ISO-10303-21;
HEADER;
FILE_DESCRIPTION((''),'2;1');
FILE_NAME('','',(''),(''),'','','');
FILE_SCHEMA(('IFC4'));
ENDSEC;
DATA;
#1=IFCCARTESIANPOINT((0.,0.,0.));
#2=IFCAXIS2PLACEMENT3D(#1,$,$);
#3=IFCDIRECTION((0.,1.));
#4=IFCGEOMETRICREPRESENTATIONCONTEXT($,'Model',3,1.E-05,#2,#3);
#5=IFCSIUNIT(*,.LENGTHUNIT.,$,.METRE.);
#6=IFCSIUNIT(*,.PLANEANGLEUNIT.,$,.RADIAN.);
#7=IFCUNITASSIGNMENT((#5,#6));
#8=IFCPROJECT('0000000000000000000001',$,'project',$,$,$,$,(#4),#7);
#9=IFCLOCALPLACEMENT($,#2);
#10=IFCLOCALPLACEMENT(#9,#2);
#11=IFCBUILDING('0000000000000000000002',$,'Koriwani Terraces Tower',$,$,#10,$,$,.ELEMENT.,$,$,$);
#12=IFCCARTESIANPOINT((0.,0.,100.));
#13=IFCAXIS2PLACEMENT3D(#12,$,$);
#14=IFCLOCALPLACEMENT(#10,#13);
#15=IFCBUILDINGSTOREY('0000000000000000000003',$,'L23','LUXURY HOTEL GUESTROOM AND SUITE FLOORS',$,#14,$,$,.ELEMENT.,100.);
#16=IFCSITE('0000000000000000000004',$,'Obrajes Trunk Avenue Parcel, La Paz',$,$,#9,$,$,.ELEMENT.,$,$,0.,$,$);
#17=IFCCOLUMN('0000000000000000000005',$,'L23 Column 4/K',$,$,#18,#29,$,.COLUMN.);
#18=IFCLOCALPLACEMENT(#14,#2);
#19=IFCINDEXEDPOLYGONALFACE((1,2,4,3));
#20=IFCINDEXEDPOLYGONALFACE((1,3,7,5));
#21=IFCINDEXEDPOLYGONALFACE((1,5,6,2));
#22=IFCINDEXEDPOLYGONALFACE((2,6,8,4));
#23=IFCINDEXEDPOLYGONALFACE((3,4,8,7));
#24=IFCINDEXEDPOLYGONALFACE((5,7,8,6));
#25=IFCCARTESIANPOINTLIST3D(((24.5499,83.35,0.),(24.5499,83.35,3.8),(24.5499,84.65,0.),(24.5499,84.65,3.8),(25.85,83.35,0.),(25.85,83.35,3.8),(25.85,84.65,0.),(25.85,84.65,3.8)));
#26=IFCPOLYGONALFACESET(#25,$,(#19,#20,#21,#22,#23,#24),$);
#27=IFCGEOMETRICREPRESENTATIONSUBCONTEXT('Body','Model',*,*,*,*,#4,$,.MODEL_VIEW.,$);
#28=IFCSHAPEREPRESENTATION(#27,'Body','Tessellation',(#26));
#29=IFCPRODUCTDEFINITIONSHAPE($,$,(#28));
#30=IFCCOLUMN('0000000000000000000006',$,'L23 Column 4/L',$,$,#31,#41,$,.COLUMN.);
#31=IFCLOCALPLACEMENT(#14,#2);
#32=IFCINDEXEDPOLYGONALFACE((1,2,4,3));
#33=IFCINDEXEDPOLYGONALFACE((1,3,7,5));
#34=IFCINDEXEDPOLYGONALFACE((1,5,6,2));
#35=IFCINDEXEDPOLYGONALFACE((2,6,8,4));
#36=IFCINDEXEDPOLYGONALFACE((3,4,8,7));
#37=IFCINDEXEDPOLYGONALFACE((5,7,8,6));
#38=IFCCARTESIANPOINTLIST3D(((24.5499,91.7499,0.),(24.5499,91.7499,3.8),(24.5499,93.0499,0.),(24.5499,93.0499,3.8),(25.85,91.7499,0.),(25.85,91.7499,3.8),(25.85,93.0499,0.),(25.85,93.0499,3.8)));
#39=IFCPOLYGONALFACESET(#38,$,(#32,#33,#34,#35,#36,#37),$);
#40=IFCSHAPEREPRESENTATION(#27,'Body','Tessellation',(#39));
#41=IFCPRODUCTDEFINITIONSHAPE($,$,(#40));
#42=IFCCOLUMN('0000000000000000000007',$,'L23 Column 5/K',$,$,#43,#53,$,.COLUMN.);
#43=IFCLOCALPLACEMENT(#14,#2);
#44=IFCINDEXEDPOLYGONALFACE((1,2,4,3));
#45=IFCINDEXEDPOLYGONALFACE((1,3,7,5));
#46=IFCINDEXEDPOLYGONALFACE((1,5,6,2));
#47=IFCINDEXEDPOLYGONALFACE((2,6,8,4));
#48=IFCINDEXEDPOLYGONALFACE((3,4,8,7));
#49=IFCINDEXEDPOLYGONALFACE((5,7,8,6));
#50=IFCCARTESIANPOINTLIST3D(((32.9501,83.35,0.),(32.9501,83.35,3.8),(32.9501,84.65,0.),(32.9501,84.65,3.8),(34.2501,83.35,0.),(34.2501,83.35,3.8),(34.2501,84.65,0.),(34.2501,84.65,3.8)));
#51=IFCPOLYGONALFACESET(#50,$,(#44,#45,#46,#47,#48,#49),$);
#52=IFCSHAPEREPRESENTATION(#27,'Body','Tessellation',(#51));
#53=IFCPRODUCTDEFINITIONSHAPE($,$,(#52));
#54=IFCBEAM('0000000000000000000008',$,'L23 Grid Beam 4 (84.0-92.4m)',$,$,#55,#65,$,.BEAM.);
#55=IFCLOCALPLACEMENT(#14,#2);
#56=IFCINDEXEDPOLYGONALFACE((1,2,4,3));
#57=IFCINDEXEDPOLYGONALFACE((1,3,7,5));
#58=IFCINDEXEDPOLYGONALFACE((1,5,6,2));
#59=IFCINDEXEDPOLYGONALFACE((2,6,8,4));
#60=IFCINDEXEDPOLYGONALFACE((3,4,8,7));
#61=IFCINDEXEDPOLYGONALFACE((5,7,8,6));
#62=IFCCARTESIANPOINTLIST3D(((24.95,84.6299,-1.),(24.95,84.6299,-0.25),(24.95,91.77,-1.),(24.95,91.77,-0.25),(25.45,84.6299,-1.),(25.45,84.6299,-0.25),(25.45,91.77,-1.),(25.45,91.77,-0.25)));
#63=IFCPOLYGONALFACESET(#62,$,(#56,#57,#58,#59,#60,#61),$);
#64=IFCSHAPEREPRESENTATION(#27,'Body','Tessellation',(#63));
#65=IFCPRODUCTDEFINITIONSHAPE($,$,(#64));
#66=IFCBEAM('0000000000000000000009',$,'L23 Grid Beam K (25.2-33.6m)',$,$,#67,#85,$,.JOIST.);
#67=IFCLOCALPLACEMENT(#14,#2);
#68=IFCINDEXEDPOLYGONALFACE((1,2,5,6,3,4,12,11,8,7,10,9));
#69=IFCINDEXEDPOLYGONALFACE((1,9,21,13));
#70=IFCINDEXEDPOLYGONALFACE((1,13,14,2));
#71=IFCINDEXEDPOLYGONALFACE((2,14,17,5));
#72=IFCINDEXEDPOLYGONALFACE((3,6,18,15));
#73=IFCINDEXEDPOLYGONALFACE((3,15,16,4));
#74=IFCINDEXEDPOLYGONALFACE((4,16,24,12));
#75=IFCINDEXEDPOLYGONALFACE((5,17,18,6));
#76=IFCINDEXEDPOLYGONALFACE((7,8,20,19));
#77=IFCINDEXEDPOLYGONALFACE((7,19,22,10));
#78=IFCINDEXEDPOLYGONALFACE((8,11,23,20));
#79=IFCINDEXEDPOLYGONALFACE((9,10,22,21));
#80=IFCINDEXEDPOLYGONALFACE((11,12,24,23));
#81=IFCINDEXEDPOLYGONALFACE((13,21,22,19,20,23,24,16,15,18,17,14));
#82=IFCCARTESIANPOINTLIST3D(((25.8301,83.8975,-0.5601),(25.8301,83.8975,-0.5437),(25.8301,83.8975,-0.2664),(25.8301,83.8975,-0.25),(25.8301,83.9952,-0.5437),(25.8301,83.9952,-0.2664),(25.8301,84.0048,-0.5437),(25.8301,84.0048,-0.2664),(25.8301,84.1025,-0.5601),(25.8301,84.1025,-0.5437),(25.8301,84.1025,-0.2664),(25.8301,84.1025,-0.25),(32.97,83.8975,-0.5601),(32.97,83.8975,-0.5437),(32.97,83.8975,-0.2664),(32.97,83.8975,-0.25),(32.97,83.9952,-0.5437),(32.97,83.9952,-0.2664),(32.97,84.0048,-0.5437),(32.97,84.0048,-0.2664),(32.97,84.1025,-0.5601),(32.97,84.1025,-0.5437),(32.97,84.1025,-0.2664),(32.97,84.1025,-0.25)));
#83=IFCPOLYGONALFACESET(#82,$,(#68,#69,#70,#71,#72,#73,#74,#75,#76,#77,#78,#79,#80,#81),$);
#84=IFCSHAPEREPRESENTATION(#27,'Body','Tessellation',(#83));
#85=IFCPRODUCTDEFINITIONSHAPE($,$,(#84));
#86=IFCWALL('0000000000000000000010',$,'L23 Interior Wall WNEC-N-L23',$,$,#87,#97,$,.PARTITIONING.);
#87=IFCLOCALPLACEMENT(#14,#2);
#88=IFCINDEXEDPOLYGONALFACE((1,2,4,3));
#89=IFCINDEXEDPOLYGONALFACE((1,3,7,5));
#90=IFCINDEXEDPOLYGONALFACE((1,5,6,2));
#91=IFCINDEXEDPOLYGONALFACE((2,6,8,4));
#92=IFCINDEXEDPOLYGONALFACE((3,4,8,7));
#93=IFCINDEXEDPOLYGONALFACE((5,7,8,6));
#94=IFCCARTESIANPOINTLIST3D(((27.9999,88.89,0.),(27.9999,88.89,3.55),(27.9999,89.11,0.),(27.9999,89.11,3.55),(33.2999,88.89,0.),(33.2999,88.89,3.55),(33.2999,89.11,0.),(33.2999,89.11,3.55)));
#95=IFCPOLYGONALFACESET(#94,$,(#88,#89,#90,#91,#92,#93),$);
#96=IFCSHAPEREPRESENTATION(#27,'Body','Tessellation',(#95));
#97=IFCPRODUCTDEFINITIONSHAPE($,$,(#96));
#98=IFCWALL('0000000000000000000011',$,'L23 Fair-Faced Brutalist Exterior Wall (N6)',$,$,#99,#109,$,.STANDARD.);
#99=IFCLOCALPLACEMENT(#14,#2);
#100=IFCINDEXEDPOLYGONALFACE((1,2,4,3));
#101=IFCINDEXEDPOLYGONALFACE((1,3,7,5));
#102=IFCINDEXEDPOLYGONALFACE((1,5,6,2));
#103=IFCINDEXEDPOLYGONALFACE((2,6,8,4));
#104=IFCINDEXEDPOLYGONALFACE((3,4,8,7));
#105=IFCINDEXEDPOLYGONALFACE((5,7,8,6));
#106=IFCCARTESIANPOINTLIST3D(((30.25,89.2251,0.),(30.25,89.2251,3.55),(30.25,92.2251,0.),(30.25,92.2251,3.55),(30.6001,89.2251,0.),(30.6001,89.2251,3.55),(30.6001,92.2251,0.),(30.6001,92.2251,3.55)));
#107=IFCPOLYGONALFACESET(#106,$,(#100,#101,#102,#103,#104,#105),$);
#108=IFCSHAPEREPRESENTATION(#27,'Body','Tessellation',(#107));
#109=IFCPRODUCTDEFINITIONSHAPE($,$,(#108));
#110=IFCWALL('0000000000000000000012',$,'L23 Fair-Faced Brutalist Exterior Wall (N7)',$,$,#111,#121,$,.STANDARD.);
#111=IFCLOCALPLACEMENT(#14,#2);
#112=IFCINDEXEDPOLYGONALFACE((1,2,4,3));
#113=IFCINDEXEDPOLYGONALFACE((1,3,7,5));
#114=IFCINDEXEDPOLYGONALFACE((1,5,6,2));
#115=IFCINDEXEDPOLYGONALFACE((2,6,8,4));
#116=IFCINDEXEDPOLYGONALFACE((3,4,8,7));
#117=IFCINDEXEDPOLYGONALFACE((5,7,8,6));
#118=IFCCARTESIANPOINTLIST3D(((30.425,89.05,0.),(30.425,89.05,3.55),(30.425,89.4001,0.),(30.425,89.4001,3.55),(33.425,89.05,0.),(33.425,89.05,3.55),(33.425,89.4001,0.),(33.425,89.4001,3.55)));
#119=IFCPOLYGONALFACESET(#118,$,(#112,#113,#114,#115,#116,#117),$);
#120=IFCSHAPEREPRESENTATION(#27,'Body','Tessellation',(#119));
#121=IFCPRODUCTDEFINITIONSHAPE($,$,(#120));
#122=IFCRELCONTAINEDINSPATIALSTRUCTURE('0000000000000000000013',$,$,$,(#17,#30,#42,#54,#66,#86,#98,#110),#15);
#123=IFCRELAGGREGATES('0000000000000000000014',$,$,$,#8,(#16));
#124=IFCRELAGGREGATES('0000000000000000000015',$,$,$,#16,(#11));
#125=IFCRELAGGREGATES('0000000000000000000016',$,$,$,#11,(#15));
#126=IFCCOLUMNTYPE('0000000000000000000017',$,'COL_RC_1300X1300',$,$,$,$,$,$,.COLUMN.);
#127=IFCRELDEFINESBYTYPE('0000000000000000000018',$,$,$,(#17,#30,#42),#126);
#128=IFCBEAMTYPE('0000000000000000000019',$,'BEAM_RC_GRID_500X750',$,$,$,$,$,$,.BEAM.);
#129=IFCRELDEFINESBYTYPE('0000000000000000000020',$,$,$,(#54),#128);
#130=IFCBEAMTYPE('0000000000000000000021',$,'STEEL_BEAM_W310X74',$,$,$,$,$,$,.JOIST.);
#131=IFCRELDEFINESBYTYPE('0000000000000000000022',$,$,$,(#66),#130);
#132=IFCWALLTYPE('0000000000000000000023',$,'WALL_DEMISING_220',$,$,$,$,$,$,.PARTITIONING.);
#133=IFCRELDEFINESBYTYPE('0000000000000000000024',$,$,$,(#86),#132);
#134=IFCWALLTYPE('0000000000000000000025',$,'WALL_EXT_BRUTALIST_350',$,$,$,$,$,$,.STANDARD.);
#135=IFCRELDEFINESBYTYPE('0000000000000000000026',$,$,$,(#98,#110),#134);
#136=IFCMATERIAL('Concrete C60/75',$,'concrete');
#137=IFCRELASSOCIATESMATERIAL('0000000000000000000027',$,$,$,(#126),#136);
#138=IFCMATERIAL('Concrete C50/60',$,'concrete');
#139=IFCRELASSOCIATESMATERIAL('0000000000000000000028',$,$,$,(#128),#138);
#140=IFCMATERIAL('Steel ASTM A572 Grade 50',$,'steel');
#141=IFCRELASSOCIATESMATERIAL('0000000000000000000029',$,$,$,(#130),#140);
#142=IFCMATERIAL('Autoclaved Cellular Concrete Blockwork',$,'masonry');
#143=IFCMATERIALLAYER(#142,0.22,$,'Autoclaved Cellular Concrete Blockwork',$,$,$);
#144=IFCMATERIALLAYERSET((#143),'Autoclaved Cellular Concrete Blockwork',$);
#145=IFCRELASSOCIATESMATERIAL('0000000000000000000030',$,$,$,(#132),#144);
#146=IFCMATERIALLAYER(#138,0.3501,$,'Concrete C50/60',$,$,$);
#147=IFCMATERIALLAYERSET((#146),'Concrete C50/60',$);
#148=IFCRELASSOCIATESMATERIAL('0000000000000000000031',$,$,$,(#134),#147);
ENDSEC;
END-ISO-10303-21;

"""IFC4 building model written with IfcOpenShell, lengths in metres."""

from ifc_helpers import new_model, si_unit, direction, frame, frame_2d, origin, origin_2d, place, context, subcontext, project, spatial, rectangle, i_section, extrude, material, layer, layer_set, material_profile, profile_set, type_object, element, save


model = new_model("IFC4")

# Units and contexts
model_context = context("Model", 3, precision=1e-05, world=origin(), true_north=direction((0.0, 1.0)))
body_context = subcontext(model_context, "Body", "Model", "MODEL_VIEW")
ifc_project = project(units=[si_unit("LENGTHUNIT", "METRE"), si_unit("PLANEANGLEUNIT", "RADIAN")], contexts=[model_context])

# Site, building, storey
site_placement = place(None, origin())
site = spatial("IfcSite", under=ifc_project, at=site_placement, Name="Obrajes Trunk Avenue Parcel, La Paz", CompositionType="ELEMENT", RefElevation=0.0)
building_placement = place(site_placement, origin())
building = spatial("IfcBuilding", under=site, at=building_placement, Name="Koriwani Terraces Tower", CompositionType="ELEMENT")
storey_placement = place(building_placement, frame((0.0, 0.0, 100.0)))
storey = spatial("IfcBuildingStorey", under=building, at=storey_placement, Name="L23", Description="LUXURY HOTEL GUESTROOM AND SUITE FLOORS", CompositionType="ELEMENT", Elevation=100.0)

# Columns
ifc_material_1 = material(Name="Concrete C60/75", Category="concrete")
ifc_material_profile_1 = material_profile(ifc_material_1, rectangle(XDim=1.3, YDim=1.3, at=origin_2d()), Name="Concrete C60/75", Category="LoadBearing")
ifc_profile_set_1 = profile_set([ifc_material_profile_1], Name="Concrete C60/75")
column_type = type_object("IfcColumnType", Name="COL_RC_1300X1300", PredefinedType="COLUMN", material=ifc_profile_set_1)
for number, where, z_axis, x_axis, name in (
    (1, (25.2, 84.0, 0.0), (0.0, 0.0, 1.0), (1.0, 0.0, 0.0), "L23 Column 4/K"),
    (2, (25.2, 92.3999, 0.0), (0.0, 0.0, 1.0), (1.0, 0.0, 0.0), "L23 Column 4/L"),
    (3, (33.6001, 84.0, 0.0), (0.0, 0.0, 1.0), (1.0, 0.0, 0.0), "L23 Column 5/K"),
):
    element("IfcColumn", number, at=place(storey_placement, frame(where, z_axis=z_axis, x_axis=x_axis)), inside=storey, type_object=column_type, Name=name, PredefinedType="COLUMN", context=body_context, shape_type="SweptSolid", body=[
        extrude(rectangle(XDim=1.3, YDim=1.3, at=origin_2d()), origin(), (0.0, 0.0, 1.0), 3.8),
    ])

# Beams
ifc_material_2 = material(Name="Concrete C50/60", Category="concrete")
ifc_material_profile_2 = material_profile(ifc_material_2, rectangle(XDim=0.5, YDim=0.75, at=origin_2d()), Name="Concrete C50/60", Category="LoadBearing")
ifc_profile_set_2 = profile_set([ifc_material_profile_2], Name="Concrete C50/60")
beam_type_1 = type_object("IfcBeamType", Name="BEAM_RC_GRID_500X750", PredefinedType="BEAM", material=ifc_profile_set_2)
beam_1_placement = place(storey_placement, frame((25.2, 84.6299, -0.625), z_axis=(0.0, 1.0, 0.0), x_axis=(-1.0, 0.0, 0.0)))
element("IfcBeam", 4, at=beam_1_placement, inside=storey, type_object=beam_type_1, Name="L23 Grid Beam 4 (84.0-92.4m)", PredefinedType="BEAM", context=body_context, shape_type="SweptSolid", body=[
    extrude(rectangle(XDim=0.5, YDim=0.75, at=origin_2d()), origin(), (0.0, 0.0, 1.0), 7.1401),
])
ifc_material_3 = material(Name="Steel ASTM A572 Grade 50", Category="steel")
ifc_material_profile_3 = material_profile(ifc_material_3, i_section(OverallWidth=0.2051, OverallDepth=0.3101, WebThickness=0.0095, FlangeThickness=0.0164, at=origin_2d()), Name="Steel ASTM A572 Grade 50", Category="LoadBearing")
ifc_profile_set_3 = profile_set([ifc_material_profile_3], Name="Steel ASTM A572 Grade 50")
beam_type_2 = type_object("IfcBeamType", Name="STEEL_BEAM_W310X74", PredefinedType="JOIST", material=ifc_profile_set_3)
beam_2_placement = place(storey_placement, frame((25.8301, 84.0, -0.405), z_axis=(1.0, 0.0, 0.0), x_axis=(0.0, 1.0, 0.0)))
element("IfcBeam", 5, at=beam_2_placement, inside=storey, type_object=beam_type_2, Name="L23 Grid Beam K (25.2-33.6m)", PredefinedType="JOIST", context=body_context, shape_type="SweptSolid", body=[
    extrude(i_section(OverallWidth=0.2051, OverallDepth=0.3101, WebThickness=0.0095, FlangeThickness=0.0164, at=origin_2d()), origin(), (0.0, 0.0, 1.0), 7.1399),
])

# Walls
ifc_material_4 = material(Name="Autoclaved Cellular Concrete Blockwork", Category="masonry")
ifc_layer_1 = layer(ifc_material_4, 0.22, Name="Autoclaved Cellular Concrete Blockwork")
ifc_layer_set_1 = layer_set([ifc_layer_1], Name="Autoclaved Cellular Concrete Blockwork")
wall_type_1 = type_object("IfcWallType", Name="WALL_DEMISING_220", PredefinedType="PARTITIONING", material=ifc_layer_set_1)
wall_1_placement = place(storey_placement, frame((28.0, 89.0, 0.0), z_axis=(0.0, 0.0, 1.0), x_axis=(1.0, 0.0, 0.0)))
element("IfcWall", 6, at=wall_1_placement, inside=storey, type_object=wall_type_1, Name="L23 Interior Wall WNEC-N-L23", PredefinedType="PARTITIONING", context=body_context, shape_type="SweptSolid", body=[
    extrude(rectangle(XDim=5.3, YDim=0.22, at=frame_2d((2.6499, 0.0))), origin(), (0.0, 0.0, 1.0), 3.55),
])
ifc_layer_2 = layer(ifc_material_2, 0.3501, Name="Concrete C50/60")
ifc_layer_set_2 = layer_set([ifc_layer_2], Name="Concrete C50/60")
wall_type_2 = type_object("IfcWallType", Name="WALL_EXT_BRUTALIST_350", PredefinedType="STANDARD", material=ifc_layer_set_2)
for number, where, z_axis, x_axis, name in (
    (7, (30.425, 92.2251, 0.0), (0.0, 0.0, 1.0), (0.0, -1.0, 0.0), "L23 Fair-Faced Brutalist Exterior Wall (N6)"),
    (8, (30.425, 89.2251, 0.0), (0.0, 0.0, 1.0), (1.0, 0.0, 0.0), "L23 Fair-Faced Brutalist Exterior Wall (N7)"),
):
    element("IfcWall", number, at=place(storey_placement, frame(where, z_axis=z_axis, x_axis=x_axis)), inside=storey, type_object=wall_type_2, Name=name, PredefinedType="STANDARD", context=body_context, shape_type="SweptSolid", body=[
        extrude(rectangle(XDim=3.0, YDim=0.3501, at=frame_2d((1.5, 0.0))), origin(), (0.0, 0.0, 1.0), 3.55),
    ])

save(model, "model.ifc")
